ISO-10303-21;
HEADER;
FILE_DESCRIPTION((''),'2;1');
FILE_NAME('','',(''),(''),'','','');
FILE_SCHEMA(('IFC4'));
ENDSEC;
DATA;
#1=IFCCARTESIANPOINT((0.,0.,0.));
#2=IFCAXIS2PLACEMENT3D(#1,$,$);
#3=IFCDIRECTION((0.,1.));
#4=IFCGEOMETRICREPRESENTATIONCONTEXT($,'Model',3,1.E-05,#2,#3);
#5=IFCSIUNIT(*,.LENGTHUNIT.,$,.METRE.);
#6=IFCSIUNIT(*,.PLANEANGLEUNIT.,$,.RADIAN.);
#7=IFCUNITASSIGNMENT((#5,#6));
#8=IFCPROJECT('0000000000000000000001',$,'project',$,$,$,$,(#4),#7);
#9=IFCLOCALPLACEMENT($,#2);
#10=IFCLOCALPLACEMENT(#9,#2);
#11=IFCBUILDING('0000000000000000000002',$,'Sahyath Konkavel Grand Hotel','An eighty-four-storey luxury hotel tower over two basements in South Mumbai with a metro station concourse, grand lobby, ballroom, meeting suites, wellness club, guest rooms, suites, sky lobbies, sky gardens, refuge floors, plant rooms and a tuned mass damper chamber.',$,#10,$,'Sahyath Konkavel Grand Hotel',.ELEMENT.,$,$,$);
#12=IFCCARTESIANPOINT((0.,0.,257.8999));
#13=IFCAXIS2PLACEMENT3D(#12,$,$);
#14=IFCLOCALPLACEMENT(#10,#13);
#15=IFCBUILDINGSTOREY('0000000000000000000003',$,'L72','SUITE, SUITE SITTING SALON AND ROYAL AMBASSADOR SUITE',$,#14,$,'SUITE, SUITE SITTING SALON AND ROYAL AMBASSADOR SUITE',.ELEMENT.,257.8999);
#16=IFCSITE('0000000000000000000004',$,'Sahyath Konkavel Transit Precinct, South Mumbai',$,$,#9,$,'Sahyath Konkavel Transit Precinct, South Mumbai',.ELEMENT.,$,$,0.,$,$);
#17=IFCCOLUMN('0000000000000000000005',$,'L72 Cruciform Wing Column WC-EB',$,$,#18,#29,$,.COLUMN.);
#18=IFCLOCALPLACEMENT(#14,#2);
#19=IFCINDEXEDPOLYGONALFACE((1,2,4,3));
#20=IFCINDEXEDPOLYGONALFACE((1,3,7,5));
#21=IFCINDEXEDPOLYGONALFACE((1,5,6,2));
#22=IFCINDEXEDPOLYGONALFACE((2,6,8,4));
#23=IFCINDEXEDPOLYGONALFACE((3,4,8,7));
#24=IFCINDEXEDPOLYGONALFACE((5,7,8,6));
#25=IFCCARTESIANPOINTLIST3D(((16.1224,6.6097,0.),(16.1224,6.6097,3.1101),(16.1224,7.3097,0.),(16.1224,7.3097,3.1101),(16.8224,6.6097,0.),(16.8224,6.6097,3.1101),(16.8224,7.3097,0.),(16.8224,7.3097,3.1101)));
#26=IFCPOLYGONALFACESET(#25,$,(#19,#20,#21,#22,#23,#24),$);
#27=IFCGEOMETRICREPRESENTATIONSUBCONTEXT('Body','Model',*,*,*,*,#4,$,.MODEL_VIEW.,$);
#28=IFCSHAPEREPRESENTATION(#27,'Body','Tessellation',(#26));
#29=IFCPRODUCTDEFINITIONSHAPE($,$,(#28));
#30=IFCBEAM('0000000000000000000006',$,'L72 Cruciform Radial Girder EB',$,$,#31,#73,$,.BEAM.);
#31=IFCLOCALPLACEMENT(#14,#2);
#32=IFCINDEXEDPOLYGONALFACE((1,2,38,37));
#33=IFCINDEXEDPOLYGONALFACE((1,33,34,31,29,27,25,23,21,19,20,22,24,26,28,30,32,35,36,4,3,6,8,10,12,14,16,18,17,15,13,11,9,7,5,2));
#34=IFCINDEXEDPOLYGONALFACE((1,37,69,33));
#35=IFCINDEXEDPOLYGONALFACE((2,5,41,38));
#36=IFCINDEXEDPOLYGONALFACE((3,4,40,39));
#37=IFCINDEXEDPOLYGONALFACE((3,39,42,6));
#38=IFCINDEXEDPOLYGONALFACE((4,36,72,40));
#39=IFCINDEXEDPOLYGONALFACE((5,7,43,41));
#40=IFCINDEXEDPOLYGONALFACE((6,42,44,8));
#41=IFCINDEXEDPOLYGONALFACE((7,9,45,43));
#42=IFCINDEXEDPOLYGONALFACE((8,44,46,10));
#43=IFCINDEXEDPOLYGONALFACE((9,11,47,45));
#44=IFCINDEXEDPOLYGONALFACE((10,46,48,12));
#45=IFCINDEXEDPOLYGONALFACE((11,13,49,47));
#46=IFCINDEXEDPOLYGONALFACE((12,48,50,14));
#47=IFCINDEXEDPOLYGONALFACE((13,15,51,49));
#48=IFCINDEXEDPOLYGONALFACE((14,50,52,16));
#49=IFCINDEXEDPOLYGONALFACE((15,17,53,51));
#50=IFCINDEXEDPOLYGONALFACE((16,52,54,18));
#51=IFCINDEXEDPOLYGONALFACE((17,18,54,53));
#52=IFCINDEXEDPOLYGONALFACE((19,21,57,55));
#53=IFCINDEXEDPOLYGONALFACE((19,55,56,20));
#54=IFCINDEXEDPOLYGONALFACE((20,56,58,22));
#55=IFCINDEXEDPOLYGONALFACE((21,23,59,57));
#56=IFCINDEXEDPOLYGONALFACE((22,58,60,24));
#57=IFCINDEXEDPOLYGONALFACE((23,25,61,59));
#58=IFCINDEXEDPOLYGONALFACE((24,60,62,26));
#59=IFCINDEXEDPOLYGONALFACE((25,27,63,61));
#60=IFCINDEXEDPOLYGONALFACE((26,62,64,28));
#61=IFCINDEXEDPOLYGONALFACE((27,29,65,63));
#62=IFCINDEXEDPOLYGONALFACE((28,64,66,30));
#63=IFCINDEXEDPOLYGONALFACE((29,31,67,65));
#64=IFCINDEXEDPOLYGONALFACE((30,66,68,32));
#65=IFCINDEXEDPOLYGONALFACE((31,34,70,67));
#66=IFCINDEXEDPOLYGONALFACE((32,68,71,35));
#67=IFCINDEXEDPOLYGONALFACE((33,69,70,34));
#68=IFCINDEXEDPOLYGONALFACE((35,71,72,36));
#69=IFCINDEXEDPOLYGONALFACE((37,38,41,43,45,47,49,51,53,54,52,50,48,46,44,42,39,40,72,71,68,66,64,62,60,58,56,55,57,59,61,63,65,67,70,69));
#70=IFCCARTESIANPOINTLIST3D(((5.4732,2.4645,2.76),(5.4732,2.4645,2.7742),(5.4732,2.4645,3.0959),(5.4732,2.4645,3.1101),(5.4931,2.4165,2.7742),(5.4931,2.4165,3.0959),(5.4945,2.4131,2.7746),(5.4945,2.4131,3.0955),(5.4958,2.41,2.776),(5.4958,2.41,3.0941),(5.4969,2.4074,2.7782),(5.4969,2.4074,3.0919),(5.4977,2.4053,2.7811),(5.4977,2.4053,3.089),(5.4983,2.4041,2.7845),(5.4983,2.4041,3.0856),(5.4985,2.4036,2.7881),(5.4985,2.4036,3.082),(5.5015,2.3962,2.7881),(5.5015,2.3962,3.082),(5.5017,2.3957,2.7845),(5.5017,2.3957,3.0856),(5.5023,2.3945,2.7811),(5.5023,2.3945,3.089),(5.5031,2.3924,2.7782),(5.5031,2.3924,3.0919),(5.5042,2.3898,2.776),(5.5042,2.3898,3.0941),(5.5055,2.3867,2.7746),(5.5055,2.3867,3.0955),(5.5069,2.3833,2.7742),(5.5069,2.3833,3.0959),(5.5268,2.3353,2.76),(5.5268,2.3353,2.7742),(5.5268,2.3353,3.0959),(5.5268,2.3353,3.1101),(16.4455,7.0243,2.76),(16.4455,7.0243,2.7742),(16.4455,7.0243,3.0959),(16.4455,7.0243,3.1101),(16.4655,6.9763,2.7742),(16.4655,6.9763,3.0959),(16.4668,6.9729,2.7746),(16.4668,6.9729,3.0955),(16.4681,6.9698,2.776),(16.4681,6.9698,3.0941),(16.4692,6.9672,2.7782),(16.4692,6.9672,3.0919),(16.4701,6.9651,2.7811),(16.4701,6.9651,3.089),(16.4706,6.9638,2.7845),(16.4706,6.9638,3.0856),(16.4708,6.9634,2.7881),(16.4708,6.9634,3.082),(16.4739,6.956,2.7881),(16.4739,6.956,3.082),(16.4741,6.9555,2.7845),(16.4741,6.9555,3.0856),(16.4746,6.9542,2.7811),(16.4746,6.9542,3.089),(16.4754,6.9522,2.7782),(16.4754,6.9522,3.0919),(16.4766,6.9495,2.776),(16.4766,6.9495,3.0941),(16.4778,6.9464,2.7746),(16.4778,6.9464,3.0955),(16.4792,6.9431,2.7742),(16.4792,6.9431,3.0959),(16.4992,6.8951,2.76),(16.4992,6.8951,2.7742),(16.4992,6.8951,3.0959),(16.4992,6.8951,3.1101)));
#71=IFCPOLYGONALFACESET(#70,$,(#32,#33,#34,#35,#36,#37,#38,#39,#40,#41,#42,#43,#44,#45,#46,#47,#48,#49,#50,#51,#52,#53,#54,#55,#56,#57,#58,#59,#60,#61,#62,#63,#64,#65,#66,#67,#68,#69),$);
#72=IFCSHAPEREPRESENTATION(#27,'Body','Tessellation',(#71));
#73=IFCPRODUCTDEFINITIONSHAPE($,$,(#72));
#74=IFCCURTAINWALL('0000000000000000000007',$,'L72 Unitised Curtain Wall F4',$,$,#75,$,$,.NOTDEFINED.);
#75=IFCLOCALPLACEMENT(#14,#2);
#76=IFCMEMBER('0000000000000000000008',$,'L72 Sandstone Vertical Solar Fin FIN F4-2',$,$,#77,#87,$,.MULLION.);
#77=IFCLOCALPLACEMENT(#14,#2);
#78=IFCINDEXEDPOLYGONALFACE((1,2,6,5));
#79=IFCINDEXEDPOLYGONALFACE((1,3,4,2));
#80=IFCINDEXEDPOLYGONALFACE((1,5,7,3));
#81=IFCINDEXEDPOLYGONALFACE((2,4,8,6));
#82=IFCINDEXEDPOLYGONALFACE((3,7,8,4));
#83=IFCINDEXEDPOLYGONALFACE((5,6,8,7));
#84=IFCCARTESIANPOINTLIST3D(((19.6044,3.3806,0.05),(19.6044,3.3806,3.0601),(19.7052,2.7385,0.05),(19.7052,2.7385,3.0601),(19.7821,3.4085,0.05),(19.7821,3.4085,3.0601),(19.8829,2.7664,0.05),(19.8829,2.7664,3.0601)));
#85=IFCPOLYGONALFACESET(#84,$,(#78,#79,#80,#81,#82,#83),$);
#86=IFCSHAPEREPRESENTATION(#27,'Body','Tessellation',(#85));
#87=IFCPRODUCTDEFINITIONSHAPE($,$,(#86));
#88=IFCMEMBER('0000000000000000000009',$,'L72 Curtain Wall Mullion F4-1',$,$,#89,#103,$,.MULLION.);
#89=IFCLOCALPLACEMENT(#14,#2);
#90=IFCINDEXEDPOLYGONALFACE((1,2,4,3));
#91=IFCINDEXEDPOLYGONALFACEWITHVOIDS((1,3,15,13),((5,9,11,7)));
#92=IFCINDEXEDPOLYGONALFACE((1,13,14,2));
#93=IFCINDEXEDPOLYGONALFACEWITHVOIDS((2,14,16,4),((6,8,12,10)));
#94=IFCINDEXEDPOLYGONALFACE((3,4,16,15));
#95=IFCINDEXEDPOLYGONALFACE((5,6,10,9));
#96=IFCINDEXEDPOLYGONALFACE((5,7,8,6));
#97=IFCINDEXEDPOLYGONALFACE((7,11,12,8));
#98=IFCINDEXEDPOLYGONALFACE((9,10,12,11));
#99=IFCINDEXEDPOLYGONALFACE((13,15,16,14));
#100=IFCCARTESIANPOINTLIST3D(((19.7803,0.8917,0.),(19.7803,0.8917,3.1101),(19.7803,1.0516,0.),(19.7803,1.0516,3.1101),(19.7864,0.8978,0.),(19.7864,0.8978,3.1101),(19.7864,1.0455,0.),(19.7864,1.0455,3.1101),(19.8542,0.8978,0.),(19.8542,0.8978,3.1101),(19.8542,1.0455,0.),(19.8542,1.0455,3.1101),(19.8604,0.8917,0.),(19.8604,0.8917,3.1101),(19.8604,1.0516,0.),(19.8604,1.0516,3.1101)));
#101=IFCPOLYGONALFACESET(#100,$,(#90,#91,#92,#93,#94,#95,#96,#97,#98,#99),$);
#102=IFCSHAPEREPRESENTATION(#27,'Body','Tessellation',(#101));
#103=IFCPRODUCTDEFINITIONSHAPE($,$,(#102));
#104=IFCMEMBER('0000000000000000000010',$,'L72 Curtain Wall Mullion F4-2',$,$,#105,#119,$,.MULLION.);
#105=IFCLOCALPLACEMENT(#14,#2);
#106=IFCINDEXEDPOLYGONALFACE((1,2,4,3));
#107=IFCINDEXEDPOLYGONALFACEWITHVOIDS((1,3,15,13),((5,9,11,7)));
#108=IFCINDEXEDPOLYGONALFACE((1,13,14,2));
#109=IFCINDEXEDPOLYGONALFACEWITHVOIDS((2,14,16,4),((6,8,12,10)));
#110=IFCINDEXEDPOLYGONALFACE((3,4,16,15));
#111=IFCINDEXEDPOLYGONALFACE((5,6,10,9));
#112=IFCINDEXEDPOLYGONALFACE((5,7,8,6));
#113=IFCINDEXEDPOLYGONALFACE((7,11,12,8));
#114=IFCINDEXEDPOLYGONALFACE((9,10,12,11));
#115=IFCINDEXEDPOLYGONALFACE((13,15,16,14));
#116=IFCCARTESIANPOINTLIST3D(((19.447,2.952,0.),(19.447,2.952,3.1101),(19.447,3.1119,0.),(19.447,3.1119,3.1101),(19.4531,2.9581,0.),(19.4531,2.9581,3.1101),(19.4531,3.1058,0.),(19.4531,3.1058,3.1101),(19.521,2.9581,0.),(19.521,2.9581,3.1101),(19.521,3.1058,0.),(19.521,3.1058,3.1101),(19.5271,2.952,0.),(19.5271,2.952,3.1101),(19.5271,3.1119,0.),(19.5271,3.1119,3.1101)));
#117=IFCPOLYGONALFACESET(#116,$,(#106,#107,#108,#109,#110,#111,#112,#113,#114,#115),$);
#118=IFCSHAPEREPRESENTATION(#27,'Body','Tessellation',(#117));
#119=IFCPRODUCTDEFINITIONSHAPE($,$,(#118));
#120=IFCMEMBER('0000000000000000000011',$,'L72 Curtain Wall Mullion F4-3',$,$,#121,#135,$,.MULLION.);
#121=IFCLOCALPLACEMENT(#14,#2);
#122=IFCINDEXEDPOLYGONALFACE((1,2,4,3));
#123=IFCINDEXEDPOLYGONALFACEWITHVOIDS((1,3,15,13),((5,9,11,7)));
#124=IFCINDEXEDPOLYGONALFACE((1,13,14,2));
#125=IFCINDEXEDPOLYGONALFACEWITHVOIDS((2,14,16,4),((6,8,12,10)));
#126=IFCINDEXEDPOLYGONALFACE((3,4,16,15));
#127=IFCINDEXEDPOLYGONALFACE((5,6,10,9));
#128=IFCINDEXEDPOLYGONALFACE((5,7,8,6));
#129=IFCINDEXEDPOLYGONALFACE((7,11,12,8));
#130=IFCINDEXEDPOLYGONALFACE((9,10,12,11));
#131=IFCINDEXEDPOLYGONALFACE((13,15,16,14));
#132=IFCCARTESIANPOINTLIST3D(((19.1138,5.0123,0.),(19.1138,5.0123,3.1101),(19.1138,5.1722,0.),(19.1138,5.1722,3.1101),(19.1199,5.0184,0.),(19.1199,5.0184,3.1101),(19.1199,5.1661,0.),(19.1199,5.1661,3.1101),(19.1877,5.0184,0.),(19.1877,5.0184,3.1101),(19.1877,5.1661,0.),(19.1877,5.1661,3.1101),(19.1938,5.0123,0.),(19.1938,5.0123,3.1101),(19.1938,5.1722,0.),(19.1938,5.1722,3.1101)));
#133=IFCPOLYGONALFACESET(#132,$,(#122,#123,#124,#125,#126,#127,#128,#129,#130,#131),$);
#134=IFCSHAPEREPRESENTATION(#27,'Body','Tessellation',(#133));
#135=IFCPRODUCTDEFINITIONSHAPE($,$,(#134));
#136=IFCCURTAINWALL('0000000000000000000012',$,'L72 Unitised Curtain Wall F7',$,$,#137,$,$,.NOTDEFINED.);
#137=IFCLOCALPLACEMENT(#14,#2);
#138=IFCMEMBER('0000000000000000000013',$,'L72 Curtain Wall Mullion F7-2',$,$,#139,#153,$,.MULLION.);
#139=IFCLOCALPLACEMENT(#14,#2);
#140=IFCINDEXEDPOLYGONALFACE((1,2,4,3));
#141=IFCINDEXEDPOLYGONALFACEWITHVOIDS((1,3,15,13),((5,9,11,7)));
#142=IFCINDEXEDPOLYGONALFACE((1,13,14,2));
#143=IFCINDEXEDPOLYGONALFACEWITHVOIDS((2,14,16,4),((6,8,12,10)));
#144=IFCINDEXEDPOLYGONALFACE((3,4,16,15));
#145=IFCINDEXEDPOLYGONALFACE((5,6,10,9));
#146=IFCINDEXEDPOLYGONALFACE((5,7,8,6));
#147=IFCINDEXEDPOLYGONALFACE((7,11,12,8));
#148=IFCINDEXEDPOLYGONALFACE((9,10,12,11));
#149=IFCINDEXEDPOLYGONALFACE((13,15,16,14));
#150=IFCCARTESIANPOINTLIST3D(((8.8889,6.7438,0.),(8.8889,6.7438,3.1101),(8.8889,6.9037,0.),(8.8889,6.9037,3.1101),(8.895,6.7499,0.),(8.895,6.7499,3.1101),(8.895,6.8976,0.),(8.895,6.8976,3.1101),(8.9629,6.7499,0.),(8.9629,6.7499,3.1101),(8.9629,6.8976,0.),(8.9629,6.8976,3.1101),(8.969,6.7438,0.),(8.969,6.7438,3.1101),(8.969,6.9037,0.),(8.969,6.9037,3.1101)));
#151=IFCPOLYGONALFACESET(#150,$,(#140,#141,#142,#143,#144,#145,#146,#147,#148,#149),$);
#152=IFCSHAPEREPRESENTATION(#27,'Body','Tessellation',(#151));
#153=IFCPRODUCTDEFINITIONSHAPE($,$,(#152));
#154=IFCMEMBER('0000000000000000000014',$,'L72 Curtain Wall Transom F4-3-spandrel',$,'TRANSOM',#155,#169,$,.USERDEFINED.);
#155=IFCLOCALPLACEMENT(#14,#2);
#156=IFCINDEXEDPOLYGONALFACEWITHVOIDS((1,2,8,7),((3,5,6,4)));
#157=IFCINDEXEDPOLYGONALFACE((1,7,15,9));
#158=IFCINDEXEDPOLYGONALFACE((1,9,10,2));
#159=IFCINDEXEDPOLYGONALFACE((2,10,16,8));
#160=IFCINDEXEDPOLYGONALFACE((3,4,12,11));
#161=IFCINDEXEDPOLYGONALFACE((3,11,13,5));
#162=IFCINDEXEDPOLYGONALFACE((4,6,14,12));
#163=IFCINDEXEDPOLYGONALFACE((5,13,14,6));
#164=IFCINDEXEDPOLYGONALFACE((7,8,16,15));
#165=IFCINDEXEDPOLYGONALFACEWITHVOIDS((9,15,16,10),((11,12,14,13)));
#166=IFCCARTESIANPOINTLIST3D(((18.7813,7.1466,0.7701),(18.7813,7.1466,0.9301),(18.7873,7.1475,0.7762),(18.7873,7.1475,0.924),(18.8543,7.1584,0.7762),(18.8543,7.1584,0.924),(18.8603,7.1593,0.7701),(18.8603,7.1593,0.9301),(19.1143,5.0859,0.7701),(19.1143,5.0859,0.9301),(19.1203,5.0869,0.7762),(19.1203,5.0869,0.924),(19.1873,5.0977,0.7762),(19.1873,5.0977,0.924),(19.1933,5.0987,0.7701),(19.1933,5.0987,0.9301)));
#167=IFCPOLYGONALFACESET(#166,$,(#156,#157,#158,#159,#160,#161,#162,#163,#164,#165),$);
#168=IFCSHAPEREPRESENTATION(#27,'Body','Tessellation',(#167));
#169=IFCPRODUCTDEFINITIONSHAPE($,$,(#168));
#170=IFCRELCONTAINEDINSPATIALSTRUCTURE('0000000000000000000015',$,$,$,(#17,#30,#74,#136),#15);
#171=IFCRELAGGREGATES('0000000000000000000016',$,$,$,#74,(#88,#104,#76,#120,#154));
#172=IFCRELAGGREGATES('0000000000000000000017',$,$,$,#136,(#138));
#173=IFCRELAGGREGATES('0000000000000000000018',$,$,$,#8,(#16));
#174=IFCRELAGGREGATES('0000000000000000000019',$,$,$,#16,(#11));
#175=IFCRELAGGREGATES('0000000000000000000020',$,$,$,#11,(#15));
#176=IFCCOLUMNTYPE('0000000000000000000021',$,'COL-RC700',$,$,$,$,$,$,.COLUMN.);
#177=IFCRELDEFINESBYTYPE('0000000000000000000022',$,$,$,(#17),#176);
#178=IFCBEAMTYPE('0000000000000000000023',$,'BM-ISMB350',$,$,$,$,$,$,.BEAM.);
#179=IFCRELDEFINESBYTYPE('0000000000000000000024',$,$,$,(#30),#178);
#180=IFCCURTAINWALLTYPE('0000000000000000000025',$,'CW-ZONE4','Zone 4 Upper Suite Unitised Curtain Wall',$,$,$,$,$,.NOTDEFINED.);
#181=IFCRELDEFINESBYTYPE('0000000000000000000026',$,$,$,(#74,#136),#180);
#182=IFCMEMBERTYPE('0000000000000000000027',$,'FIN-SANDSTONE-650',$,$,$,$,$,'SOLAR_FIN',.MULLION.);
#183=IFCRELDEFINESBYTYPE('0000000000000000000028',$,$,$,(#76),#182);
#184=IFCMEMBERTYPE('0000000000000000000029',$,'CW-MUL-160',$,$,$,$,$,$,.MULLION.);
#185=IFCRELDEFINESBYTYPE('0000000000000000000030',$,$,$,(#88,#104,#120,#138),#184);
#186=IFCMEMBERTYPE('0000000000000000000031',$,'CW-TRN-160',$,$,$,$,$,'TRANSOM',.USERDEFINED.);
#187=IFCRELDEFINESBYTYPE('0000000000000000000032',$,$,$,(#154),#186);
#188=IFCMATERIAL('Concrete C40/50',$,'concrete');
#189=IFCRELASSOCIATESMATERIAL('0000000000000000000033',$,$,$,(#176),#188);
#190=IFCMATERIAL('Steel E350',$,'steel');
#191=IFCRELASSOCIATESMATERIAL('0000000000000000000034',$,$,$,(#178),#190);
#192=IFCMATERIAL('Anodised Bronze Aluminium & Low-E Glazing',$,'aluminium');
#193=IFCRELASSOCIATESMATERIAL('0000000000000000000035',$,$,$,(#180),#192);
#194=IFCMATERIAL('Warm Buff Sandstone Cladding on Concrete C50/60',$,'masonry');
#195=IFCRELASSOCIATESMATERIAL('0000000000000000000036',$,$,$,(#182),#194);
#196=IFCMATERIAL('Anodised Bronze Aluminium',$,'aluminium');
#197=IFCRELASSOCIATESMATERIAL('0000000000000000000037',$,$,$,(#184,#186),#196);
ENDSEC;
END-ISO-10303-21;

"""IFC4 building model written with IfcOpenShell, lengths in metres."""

from ifc_helpers import new_model, si_unit, direction, frame, origin, origin_2d, place, context, subcontext, project, spatial, rectangle, hollow_rectangle, i_section, extrude, source, transform, mapped, material, material_profile, profile_set, type_object, element, aggregate, save


model = new_model("IFC4")

# Units and contexts
model_context = context("Model", 3, precision=1e-05, world=origin(), true_north=direction((0.0, 1.0)))
body_context = subcontext(model_context, "Body", "Model", "MODEL_VIEW")
ifc_project = project(units=[si_unit("LENGTHUNIT", "METRE"), si_unit("PLANEANGLEUNIT", "RADIAN")], contexts=[model_context])

# Site, building, storey
site_placement = place(None, origin())
site = spatial("IfcSite", under=ifc_project, at=site_placement, Name="Sahyath Konkavel Transit Precinct, South Mumbai", LongName="Sahyath Konkavel Transit Precinct, South Mumbai", CompositionType="ELEMENT", RefElevation=0.0)
building_placement = place(site_placement, origin())
building = spatial("IfcBuilding", under=site, at=building_placement, Name="Sahyath Konkavel Grand Hotel", Description="An eighty-four-storey luxury hotel tower over two basements in South Mumbai with a metro station concourse, grand lobby, ballroom, meeting suites, wellness club, guest rooms, suites, sky lobbies, sky gardens, refuge floors, plant rooms and a tuned mass damper chamber.", LongName="Sahyath Konkavel Grand Hotel", CompositionType="ELEMENT")
storey_placement = place(building_placement, frame((0.0, 0.0, 257.8999)))
storey = spatial("IfcBuildingStorey", under=building, at=storey_placement, Name="L72", Description="SUITE, SUITE SITTING SALON AND ROYAL AMBASSADOR SUITE", LongName="SUITE, SUITE SITTING SALON AND ROYAL AMBASSADOR SUITE", CompositionType="ELEMENT", Elevation=257.8999)

# Column
ifc_material_1 = material(Name="Concrete C40/50", Category="concrete")
ifc_material_profile_1 = material_profile(ifc_material_1, rectangle(XDim=0.7, YDim=0.7, at=origin_2d()), Name="RC 700x700")
ifc_profile_set_1 = profile_set([ifc_material_profile_1], Name="Concrete C40/50")
column_type = type_object("IfcColumnType", Name="COL-RC700", PredefinedType="COLUMN", material=ifc_profile_set_1)
shared_shape_1 = source(origin(), body_context, "Body", "SweptSolid", [
    extrude(rectangle(XDim=0.7, YDim=0.7, at=origin_2d()), origin(), (0.0, 0.0, 1.0), 3.1101),
])
column_placement = place(storey_placement, frame((16.4724, 6.9597, 0.0), z_axis=(0.0, 0.0, 1.0), x_axis=(1.0, 0.0, 0.0)))
element("IfcColumn", 1, at=column_placement, inside=storey, type_object=column_type, Name="L72 Cruciform Wing Column WC-EB", PredefinedType="COLUMN", context=body_context, shape_type="MappedRepresentation", body=[
    mapped(shared_shape_1, transform((0.0, 0.0, 0.0), scale=1.0)),
])

# Beam
ifc_material_2 = material(Name="Steel E350", Category="steel")
ifc_material_profile_2 = material_profile(ifc_material_2, i_section(OverallWidth=0.1399, OverallDepth=0.3501, WebThickness=0.0081, FlangeThickness=0.0142, FilletRadius=0.0139, at=origin_2d()), Name="ISMB 350")
ifc_profile_set_2 = profile_set([ifc_material_profile_2], Name="Steel E350")
beam_type_1 = type_object("IfcBeamType", Name="BM-ISMB350", PredefinedType="BEAM", material=ifc_profile_set_2)
shared_shape_2 = source(origin(), body_context, "Body", "SweptSolid", [
    extrude(i_section(OverallWidth=0.1399, OverallDepth=0.3501, WebThickness=0.0081, FlangeThickness=0.0142, FilletRadius=0.0139, at=origin_2d()), origin(), (0.0, 0.0, 1.0), 11.8821),
])
beam_1_placement = place(storey_placement, frame((5.5, 2.3999, 2.9351), z_axis=(0.923436, 0.383753, 0.0), x_axis=(-0.383753, 0.923436, 0.0)))
element("IfcBeam", 2, at=beam_1_placement, inside=storey, type_object=beam_type_1, Name="L72 Cruciform Radial Girder EB", PredefinedType="BEAM", context=body_context, shape_type="MappedRepresentation", body=[
    mapped(shared_shape_2, transform((0.0, 0.0, 0.0), scale=1.0)),
])

# Curtain wall, members
ifc_material_3 = material(Name="Anodised Bronze Aluminium & Low-E Glazing", Category="aluminium")
curtain_wall_type = type_object("IfcCurtainWallType", Name="CW-ZONE4", Description="Zone 4 Upper Suite Unitised Curtain Wall", PredefinedType="NOTDEFINED", material=ifc_material_3)
curtain_wall_1_placement = place(storey_placement, origin())
curtain_wall_1 = element("IfcCurtainWall", 3, at=curtain_wall_1_placement, inside=storey, type_object=curtain_wall_type, Name="L72 Unitised Curtain Wall F4", PredefinedType="NOTDEFINED")
ifc_material_4 = material(Name="Warm Buff Sandstone Cladding on Concrete C50/60", Category="masonry")
ifc_material_profile_3 = material_profile(ifc_material_4, rectangle(XDim=0.1799, YDim=0.6499, at=origin_2d()), Name="FIN 180x650")
ifc_profile_set_3 = profile_set([ifc_material_profile_3], Name="Warm Buff Sandstone Cladding on Concrete C50/60")
member_type_1 = type_object("IfcMemberType", Name="FIN-SANDSTONE-650", ElementType="SOLAR_FIN", PredefinedType="MULLION", material=ifc_profile_set_3)
shared_shape_3 = source(origin(), body_context, "Body", "SweptSolid", [
    extrude(rectangle(XDim=0.1799, YDim=0.6499, at=origin_2d()), origin(), (0.0, 0.0, 1.0), 3.01),
])
member_1_placement = place(storey_placement, frame((19.7437, 3.0735, 0.05), z_axis=(0.0, 0.0, 1.0), x_axis=(0.987906, 0.155055, 0.0)))
member_1 = element("IfcMember", 4, at=member_1_placement, type_object=member_type_1, Name="L72 Sandstone Vertical Solar Fin FIN F4-2", PredefinedType="MULLION", context=body_context, shape_type="MappedRepresentation", body=[
    mapped(shared_shape_3, transform((0.0, 0.0, 0.0), scale=1.0)),
])
ifc_material_5 = material(Name="Anodised Bronze Aluminium", Category="aluminium")
ifc_material_profile_4 = material_profile(ifc_material_5, hollow_rectangle(XDim=0.0801, YDim=0.1599, WallThickness=0.0061, at=origin_2d()), Name="RHS 160x80x6")
ifc_profile_set_4 = profile_set([ifc_material_profile_4], Name="Anodised Bronze Aluminium")
member_type_2 = type_object("IfcMemberType", Name="CW-MUL-160", PredefinedType="MULLION", material=ifc_profile_set_4)
shared_shape_4 = source(origin(), body_context, "Body", "SweptSolid", [
    extrude(hollow_rectangle(XDim=0.0801, YDim=0.1599, WallThickness=0.0061, at=origin_2d()), origin(), (0.0, 0.0, 1.0), 3.1101),
])
member_2_placement = place(storey_placement, frame((19.8203, 0.9717, 0.0), z_axis=(0.0, 0.0, 1.0), x_axis=(1.0, 0.0, 0.0)))
member_2 = element("IfcMember", 5, at=member_2_placement, type_object=member_type_2, Name="L72 Curtain Wall Mullion F4-1", PredefinedType="MULLION", context=body_context, shape_type="MappedRepresentation", body=[
    mapped(shared_shape_4, transform((0.0, 0.0, 0.0), scale=1.0)),
])
member_3_placement = place(storey_placement, frame((19.4871, 3.032, 0.0), z_axis=(0.0, 0.0, 1.0), x_axis=(1.0, 0.0, 0.0)))
member_3 = element("IfcMember", 6, at=member_3_placement, type_object=member_type_2, Name="L72 Curtain Wall Mullion F4-2", PredefinedType="MULLION", context=body_context, shape_type="MappedRepresentation", body=[
    mapped(shared_shape_4, transform((0.0, 0.0, 0.0), scale=1.0)),
])
member_4_placement = place(storey_placement, frame((19.1538, 5.0923, 0.0), z_axis=(0.0, 0.0, 1.0), x_axis=(1.0, 0.0, 0.0)))
member_4 = element("IfcMember", 7, at=member_4_placement, type_object=member_type_2, Name="L72 Curtain Wall Mullion F4-3", PredefinedType="MULLION", context=body_context, shape_type="MappedRepresentation", body=[
    mapped(shared_shape_4, transform((0.0, 0.0, 0.0), scale=1.0)),
])

# Curtain wall, member
curtain_wall_2_placement = place(storey_placement, origin())
curtain_wall_2 = element("IfcCurtainWall", 8, at=curtain_wall_2_placement, inside=storey, type_object=curtain_wall_type, Name="L72 Unitised Curtain Wall F7", PredefinedType="NOTDEFINED")
member_5_placement = place(storey_placement, frame((8.929, 6.8237, 0.0), z_axis=(0.0, 0.0, 1.0), x_axis=(1.0, 0.0, 0.0)))
member_5 = element("IfcMember", 9, at=member_5_placement, type_object=member_type_2, Name="L72 Curtain Wall Mullion F7-2", PredefinedType="MULLION", context=body_context, shape_type="MappedRepresentation", body=[
    mapped(shared_shape_4, transform((0.0, 0.0, 0.0), scale=1.0)),
])

# Member
ifc_material_profile_5 = material_profile(ifc_material_5, hollow_rectangle(XDim=0.0801, YDim=0.1599, WallThickness=0.0061, at=origin_2d()), Name="RHS 160x80x6")
ifc_profile_set_5 = profile_set([ifc_material_profile_5], Name="Anodised Bronze Aluminium")
member_type_3 = type_object("IfcMemberType", Name="CW-TRN-160", ElementType="TRANSOM", PredefinedType="USERDEFINED", material=ifc_profile_set_5)
shared_shape_5 = source(origin(), body_context, "Body", "SweptSolid", [
    extrude(hollow_rectangle(XDim=0.0801, YDim=0.1599, WallThickness=0.0061, at=origin_2d()), origin(), (0.0, 0.0, 1.0), 2.0874),
])
member_6_placement = place(storey_placement, frame((19.1538, 5.0923, 0.8501), z_axis=(-0.159541, 0.987191, 0.0), x_axis=(-0.987191, -0.159541, 0.0)))
member_6 = element("IfcMember", 10, at=member_6_placement, type_object=member_type_3, Name="L72 Curtain Wall Transom F4-3-spandrel", ObjectType="TRANSOM", PredefinedType="USERDEFINED", context=body_context, shape_type="MappedRepresentation", body=[
    mapped(shared_shape_5, transform((0.0, 0.0, 0.0), scale=1.0)),
])

aggregate(curtain_wall_1, [member_2, member_3, member_1, member_4, member_6])
aggregate(curtain_wall_2, [member_5])

save(model, "model.ifc")
